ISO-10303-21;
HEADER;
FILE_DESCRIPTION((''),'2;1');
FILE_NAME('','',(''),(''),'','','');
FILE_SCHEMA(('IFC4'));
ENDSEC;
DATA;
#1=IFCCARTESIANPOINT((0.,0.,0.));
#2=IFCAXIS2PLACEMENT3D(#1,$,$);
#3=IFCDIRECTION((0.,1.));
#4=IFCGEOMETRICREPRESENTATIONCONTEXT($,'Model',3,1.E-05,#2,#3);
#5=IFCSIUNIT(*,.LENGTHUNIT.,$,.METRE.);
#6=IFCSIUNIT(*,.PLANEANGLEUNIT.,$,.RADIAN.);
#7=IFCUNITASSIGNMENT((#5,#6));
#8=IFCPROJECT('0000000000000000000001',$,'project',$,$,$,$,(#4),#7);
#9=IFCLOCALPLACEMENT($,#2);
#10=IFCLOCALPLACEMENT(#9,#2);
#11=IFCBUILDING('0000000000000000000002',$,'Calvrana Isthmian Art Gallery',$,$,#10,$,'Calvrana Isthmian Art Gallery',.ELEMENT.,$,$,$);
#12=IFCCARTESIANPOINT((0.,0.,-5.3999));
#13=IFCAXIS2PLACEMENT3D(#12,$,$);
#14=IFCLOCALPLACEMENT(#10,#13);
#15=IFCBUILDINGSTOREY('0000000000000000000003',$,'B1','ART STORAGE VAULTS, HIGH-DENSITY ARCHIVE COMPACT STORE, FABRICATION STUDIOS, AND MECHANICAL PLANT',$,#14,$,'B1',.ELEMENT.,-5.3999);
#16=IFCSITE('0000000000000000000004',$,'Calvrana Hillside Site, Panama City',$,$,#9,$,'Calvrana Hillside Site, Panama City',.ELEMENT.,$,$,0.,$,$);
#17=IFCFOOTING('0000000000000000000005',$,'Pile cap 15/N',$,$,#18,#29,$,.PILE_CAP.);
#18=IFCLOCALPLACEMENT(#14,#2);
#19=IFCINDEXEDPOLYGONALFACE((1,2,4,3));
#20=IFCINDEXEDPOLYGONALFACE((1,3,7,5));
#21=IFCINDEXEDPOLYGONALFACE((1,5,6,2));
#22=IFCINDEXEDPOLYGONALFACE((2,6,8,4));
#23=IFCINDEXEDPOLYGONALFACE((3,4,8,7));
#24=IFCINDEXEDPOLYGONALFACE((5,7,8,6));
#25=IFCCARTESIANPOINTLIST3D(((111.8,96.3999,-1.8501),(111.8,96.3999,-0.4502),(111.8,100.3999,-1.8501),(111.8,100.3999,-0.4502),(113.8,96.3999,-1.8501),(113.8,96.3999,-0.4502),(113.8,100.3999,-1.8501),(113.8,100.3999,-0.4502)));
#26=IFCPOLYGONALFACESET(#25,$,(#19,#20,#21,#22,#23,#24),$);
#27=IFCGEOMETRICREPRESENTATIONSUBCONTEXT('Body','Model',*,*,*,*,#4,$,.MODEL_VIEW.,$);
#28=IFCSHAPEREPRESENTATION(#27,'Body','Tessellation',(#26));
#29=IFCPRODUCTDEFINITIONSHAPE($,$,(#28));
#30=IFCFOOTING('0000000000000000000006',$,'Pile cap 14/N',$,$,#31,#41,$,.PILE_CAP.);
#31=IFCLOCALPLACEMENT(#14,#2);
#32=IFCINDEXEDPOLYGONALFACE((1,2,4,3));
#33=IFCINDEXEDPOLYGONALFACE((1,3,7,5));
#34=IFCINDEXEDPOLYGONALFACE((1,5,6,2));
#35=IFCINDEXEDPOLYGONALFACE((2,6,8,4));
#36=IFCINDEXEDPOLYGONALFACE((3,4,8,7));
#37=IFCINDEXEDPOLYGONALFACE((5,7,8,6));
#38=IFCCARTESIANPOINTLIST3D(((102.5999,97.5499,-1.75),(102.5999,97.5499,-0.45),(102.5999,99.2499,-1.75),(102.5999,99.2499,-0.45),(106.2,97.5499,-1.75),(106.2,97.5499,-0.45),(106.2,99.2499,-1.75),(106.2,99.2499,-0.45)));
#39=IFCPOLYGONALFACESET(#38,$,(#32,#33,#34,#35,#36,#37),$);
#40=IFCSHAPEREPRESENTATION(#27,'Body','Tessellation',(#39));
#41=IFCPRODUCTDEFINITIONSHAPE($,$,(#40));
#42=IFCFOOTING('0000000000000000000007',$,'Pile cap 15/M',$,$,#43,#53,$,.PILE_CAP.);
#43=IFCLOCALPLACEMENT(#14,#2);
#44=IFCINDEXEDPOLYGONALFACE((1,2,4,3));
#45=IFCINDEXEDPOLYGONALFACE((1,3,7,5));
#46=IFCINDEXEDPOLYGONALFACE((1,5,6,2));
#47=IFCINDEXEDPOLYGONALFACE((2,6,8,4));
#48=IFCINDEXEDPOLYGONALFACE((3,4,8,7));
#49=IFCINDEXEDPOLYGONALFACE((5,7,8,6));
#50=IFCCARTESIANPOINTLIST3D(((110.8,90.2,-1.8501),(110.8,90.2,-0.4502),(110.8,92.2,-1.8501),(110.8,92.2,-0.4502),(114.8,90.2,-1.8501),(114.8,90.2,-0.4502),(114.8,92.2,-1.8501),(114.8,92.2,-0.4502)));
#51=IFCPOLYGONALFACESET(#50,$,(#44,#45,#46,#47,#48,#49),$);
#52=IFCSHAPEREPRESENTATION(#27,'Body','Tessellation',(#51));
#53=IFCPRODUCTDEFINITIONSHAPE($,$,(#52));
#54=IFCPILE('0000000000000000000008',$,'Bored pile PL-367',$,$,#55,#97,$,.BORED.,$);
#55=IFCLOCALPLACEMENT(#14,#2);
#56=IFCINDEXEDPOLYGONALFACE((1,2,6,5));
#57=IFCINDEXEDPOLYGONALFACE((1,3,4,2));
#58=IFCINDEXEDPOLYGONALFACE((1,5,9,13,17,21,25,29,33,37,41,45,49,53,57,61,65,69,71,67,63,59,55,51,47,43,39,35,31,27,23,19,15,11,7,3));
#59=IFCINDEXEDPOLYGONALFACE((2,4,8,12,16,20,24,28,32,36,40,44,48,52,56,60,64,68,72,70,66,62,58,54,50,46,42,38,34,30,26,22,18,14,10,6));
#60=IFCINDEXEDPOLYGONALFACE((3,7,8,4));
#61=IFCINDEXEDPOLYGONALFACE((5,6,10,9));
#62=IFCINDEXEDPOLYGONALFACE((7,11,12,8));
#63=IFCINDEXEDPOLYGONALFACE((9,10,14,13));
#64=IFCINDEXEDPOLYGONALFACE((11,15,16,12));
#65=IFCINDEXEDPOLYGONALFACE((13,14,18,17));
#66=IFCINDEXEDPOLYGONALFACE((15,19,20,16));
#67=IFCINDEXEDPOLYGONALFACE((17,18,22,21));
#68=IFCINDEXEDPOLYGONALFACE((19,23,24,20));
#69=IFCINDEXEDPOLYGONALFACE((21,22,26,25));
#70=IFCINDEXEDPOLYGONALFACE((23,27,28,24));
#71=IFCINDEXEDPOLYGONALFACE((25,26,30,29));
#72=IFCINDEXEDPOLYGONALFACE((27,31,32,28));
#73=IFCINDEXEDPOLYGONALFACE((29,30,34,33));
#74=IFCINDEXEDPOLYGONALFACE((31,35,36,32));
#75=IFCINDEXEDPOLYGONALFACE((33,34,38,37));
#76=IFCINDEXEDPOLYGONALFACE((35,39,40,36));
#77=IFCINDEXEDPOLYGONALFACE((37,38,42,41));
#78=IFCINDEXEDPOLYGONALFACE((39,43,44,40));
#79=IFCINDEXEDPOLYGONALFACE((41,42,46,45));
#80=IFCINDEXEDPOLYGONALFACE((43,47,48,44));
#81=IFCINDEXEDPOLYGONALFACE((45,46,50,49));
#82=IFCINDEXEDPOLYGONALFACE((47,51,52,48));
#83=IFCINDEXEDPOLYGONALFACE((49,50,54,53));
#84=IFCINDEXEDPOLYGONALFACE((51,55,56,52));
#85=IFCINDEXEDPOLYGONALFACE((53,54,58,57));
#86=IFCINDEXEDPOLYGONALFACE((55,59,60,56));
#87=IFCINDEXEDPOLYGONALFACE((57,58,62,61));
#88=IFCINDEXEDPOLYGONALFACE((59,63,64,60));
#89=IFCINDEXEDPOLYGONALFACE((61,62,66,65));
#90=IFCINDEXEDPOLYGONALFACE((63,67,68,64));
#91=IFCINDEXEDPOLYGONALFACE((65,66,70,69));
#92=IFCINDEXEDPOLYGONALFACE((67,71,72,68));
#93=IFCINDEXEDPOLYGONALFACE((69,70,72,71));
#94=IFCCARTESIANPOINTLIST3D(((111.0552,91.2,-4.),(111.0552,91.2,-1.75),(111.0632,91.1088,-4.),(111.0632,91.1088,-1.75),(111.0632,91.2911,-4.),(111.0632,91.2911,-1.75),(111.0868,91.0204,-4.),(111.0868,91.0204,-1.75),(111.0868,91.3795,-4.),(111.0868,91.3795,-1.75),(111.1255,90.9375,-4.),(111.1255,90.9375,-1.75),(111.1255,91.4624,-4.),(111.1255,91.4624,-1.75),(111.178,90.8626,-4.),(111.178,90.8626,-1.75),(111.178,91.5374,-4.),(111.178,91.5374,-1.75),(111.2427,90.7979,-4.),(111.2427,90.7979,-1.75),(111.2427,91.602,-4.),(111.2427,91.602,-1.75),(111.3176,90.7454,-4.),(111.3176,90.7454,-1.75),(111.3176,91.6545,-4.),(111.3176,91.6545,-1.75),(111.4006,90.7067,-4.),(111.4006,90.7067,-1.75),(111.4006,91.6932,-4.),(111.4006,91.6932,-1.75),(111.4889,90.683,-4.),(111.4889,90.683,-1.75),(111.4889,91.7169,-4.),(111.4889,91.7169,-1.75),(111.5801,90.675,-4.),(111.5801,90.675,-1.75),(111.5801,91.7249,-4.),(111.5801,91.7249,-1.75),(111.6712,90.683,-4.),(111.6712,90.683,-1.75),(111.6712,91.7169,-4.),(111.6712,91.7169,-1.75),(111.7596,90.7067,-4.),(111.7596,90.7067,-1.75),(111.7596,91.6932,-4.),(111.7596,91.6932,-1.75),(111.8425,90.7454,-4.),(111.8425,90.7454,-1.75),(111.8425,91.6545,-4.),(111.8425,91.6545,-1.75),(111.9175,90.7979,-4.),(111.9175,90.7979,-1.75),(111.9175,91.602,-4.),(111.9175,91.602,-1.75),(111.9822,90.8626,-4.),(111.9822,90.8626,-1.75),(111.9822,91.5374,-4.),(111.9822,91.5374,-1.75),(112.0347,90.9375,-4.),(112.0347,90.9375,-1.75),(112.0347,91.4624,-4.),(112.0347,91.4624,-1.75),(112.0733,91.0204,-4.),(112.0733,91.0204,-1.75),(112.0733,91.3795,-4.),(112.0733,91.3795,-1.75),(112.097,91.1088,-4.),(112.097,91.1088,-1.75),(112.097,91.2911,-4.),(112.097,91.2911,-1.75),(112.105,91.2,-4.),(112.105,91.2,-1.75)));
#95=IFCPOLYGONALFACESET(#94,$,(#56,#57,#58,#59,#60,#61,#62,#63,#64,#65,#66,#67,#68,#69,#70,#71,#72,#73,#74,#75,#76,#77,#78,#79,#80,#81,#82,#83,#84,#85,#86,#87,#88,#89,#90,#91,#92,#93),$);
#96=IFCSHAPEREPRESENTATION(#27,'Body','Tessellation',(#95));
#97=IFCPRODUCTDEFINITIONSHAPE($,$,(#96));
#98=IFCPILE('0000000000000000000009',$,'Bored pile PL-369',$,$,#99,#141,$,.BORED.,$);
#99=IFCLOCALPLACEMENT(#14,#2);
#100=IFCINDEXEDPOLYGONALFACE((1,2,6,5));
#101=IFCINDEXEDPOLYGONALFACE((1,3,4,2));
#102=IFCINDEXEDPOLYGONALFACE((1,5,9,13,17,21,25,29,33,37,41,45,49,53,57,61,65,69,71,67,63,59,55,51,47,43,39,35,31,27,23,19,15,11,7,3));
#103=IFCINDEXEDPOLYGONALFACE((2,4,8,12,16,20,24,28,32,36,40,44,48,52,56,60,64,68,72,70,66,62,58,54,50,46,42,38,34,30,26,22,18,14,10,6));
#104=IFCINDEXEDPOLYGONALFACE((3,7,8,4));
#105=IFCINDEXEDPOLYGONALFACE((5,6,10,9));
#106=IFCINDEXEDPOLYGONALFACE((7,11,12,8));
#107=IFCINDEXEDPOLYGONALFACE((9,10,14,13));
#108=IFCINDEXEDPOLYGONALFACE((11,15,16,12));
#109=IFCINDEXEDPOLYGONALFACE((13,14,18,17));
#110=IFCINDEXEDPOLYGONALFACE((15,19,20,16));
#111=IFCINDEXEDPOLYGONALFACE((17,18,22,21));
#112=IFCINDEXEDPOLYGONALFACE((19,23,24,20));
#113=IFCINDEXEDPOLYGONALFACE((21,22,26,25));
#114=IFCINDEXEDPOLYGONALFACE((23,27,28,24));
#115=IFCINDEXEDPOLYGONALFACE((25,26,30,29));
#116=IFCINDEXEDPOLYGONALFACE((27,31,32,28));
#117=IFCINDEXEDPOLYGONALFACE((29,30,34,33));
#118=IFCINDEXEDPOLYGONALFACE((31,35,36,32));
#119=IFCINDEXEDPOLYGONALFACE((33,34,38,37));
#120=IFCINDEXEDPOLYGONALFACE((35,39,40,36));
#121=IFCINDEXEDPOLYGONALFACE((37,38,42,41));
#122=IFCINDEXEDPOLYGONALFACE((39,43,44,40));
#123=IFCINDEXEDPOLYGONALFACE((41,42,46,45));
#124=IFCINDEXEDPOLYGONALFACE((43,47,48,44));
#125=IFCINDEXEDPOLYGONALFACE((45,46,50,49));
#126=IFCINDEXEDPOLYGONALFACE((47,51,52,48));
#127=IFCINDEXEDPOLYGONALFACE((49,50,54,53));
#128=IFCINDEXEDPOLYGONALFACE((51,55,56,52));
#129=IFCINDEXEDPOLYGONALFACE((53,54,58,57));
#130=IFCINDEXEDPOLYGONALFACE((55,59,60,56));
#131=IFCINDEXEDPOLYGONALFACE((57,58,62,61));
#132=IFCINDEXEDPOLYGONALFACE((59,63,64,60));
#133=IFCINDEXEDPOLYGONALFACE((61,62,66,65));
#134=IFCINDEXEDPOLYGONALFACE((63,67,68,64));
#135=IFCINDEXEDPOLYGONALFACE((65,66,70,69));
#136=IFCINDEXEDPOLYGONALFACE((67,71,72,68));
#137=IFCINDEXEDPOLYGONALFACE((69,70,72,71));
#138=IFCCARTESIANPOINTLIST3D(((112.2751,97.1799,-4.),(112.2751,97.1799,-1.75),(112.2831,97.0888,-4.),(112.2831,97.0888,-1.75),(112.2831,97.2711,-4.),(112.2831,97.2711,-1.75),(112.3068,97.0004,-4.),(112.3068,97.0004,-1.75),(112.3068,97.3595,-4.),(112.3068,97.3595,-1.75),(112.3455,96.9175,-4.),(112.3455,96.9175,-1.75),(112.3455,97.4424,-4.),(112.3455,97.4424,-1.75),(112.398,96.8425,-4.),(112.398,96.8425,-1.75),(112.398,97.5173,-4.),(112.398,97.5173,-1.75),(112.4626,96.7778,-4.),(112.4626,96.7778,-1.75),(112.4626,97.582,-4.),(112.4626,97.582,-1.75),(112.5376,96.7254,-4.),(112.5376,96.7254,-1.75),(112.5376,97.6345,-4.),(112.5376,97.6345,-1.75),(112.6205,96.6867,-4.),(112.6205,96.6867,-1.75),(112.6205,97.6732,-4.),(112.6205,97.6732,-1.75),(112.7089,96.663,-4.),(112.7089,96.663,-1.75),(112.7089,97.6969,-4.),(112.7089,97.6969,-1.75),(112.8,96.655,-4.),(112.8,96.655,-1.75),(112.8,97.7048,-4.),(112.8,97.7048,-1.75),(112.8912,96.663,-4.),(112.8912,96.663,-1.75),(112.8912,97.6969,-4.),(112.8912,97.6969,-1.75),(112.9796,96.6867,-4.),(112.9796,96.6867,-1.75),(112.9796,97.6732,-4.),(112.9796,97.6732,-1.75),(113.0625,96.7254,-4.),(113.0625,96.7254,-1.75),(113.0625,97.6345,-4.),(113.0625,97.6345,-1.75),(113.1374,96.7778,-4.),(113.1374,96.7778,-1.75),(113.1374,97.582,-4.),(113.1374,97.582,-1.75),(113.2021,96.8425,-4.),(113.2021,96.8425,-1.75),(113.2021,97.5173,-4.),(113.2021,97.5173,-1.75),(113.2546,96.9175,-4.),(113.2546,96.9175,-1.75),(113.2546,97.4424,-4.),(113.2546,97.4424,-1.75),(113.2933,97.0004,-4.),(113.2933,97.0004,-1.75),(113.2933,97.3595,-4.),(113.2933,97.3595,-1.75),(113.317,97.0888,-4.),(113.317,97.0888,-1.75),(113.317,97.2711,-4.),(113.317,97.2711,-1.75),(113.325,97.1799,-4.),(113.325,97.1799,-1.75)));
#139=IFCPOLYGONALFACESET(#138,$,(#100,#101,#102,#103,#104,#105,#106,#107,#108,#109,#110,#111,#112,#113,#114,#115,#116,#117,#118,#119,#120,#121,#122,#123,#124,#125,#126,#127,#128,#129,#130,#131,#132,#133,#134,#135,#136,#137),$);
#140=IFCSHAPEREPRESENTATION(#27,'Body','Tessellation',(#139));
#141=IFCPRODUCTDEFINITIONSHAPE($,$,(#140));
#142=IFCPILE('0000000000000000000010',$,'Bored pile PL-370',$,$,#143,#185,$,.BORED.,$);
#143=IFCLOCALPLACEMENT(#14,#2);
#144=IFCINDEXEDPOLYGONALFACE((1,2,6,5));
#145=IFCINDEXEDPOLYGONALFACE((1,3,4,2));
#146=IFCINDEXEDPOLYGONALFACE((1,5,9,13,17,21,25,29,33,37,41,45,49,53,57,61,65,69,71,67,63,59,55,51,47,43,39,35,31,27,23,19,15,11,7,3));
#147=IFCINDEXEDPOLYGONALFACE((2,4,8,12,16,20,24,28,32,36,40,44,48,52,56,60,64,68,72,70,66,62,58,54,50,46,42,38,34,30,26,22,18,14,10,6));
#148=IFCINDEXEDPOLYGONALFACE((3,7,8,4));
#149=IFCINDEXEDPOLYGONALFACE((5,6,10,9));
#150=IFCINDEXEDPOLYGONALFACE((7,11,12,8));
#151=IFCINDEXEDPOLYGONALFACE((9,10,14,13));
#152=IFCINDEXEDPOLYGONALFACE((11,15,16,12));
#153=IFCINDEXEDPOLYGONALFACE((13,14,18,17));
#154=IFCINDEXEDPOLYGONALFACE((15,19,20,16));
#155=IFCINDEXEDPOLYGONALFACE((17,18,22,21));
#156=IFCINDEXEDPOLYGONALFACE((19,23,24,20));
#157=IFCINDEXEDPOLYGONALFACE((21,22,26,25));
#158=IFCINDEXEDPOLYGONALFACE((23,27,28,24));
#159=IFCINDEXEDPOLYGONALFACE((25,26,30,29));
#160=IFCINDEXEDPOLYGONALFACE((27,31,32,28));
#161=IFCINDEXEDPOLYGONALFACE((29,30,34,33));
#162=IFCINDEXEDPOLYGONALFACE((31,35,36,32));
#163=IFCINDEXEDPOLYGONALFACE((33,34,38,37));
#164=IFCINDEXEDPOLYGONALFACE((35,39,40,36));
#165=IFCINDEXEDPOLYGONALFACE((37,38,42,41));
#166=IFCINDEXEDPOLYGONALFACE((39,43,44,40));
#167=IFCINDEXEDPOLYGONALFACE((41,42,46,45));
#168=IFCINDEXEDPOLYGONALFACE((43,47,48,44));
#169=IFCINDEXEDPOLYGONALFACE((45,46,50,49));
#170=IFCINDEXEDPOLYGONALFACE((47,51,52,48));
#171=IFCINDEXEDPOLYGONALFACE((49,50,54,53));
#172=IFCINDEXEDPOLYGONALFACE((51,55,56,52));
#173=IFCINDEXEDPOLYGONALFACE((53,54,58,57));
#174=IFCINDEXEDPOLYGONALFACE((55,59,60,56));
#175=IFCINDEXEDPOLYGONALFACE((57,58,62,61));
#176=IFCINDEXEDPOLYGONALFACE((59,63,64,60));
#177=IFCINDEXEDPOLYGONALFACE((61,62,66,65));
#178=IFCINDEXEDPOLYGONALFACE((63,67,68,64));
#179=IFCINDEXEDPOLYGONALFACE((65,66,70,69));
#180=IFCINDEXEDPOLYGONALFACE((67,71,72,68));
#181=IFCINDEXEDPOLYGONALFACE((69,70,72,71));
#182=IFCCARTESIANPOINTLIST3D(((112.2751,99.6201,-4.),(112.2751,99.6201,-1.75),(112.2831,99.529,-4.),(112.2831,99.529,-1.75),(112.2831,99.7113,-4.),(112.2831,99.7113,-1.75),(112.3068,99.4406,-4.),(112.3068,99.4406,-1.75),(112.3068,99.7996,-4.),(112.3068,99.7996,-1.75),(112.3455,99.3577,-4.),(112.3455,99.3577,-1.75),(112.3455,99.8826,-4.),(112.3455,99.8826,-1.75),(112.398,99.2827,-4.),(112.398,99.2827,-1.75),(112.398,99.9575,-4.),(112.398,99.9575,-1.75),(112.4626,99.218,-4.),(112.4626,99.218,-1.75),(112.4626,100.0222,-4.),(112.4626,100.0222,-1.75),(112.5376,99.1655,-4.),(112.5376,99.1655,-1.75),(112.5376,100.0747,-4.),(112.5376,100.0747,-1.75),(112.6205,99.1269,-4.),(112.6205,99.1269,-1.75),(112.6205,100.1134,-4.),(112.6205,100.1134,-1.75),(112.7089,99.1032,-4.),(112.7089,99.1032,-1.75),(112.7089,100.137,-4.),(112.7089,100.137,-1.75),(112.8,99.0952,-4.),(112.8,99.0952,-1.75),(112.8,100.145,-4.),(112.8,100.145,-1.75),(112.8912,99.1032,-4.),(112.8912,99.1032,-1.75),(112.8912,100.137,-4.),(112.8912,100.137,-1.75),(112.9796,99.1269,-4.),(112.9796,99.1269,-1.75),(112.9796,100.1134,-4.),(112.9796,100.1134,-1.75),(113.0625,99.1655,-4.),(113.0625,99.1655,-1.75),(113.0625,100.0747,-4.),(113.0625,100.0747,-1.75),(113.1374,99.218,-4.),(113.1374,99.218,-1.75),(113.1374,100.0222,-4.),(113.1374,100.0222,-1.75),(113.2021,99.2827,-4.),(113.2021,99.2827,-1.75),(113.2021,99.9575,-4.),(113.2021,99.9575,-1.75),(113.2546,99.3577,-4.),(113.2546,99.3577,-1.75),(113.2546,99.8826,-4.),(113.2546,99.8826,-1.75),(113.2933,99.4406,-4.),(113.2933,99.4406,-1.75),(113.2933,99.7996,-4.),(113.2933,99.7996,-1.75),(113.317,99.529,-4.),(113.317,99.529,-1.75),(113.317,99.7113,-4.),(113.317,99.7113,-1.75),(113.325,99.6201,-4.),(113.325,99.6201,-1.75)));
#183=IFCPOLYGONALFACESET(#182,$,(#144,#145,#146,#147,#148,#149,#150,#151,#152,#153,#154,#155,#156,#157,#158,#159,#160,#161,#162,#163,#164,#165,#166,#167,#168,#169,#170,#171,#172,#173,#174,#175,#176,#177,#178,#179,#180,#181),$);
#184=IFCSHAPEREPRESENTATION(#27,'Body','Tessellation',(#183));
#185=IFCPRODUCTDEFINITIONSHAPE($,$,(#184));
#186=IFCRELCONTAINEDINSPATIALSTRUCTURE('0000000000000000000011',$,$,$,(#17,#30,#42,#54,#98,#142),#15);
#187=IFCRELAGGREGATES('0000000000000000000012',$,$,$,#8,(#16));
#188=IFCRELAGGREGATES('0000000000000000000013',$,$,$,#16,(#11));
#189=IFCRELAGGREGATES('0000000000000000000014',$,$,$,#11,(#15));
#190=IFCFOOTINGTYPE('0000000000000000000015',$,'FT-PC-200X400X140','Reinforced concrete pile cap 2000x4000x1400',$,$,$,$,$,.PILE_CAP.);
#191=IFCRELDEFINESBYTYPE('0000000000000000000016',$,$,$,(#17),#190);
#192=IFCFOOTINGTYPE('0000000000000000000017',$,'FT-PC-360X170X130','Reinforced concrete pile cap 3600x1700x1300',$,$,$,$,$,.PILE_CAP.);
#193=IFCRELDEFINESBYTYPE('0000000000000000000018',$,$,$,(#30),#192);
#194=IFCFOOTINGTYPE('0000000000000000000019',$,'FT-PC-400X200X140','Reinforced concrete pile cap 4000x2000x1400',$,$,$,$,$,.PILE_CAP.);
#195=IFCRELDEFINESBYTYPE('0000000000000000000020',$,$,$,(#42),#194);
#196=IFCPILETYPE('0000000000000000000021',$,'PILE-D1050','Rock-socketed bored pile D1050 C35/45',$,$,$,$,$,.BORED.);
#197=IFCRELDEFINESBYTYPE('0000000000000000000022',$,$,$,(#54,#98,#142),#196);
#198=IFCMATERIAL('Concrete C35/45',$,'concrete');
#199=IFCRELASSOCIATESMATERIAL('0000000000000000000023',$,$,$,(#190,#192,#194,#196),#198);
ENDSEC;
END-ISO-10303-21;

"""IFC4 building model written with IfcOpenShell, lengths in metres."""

from ifc_helpers import new_model, si_unit, direction, frame, origin, origin_2d, place, context, subcontext, project, spatial, rectangle, circle, extrude, material, material_profile, profile_set, type_object, element, save


model = new_model("IFC4")

# Units and contexts
model_context = context("Model", 3, precision=1e-05, world=origin(), true_north=direction((0.0, 1.0)))
body_context = subcontext(model_context, "Body", "Model", "MODEL_VIEW")
ifc_project = project(units=[si_unit("LENGTHUNIT", "METRE"), si_unit("PLANEANGLEUNIT", "RADIAN")], contexts=[model_context])

# Site, building, storey
site_placement = place(None, origin())
site = spatial("IfcSite", under=ifc_project, at=site_placement, Name="Calvrana Hillside Site, Panama City", LongName="Calvrana Hillside Site, Panama City", CompositionType="ELEMENT", RefElevation=0.0)
building_placement = place(site_placement, origin())
building = spatial("IfcBuilding", under=site, at=building_placement, Name="Calvrana Isthmian Art Gallery", LongName="Calvrana Isthmian Art Gallery", CompositionType="ELEMENT")
storey_placement = place(building_placement, frame((0.0, 0.0, -5.3999)))
storey = spatial("IfcBuildingStorey", under=building, at=storey_placement, Name="B1", Description="ART STORAGE VAULTS, HIGH-DENSITY ARCHIVE COMPACT STORE, FABRICATION STUDIOS, AND MECHANICAL PLANT", LongName="B1", CompositionType="ELEMENT", Elevation=-5.3999)

# Footings
ifc_material_1 = material(Name="Concrete C35/45", Category="concrete")
footing_type_1 = type_object("IfcFootingType", Name="FT-PC-200X400X140", Description="Reinforced concrete pile cap 2000x4000x1400", PredefinedType="PILE_CAP", material=ifc_material_1)
footing_1_placement = place(storey_placement, frame((112.8, 98.3999, -1.8501), z_axis=(0.0, 0.0, 1.0), x_axis=(1.0, 0.0, 0.0)))
element("IfcFooting", 1, at=footing_1_placement, inside=storey, type_object=footing_type_1, Name="Pile cap 15/N", PredefinedType="PILE_CAP", context=body_context, shape_type="SweptSolid", body=[
    extrude(rectangle(XDim=2.0, YDim=4.0, at=origin_2d()), origin(), (0.0, 0.0, 1.0), 1.3999),
])
footing_type_2 = type_object("IfcFootingType", Name="FT-PC-360X170X130", Description="Reinforced concrete pile cap 3600x1700x1300", PredefinedType="PILE_CAP", material=ifc_material_1)
footing_2_placement = place(storey_placement, frame((104.3999, 98.3999, -1.75), z_axis=(0.0, 0.0, 1.0), x_axis=(1.0, 0.0, 0.0)))
element("IfcFooting", 2, at=footing_2_placement, inside=storey, type_object=footing_type_2, Name="Pile cap 14/N", PredefinedType="PILE_CAP", context=body_context, shape_type="SweptSolid", body=[
    extrude(rectangle(XDim=3.6001, YDim=1.7, at=origin_2d()), origin(), (0.0, 0.0, 1.0), 1.3),
])
footing_type_3 = type_object("IfcFootingType", Name="FT-PC-400X200X140", Description="Reinforced concrete pile cap 4000x2000x1400", PredefinedType="PILE_CAP", material=ifc_material_1)
footing_3_placement = place(storey_placement, frame((112.8, 91.2, -1.8501), z_axis=(0.0, 0.0, 1.0), x_axis=(1.0, 0.0, 0.0)))
element("IfcFooting", 3, at=footing_3_placement, inside=storey, type_object=footing_type_3, Name="Pile cap 15/M", PredefinedType="PILE_CAP", context=body_context, shape_type="SweptSolid", body=[
    extrude(rectangle(XDim=4.0, YDim=2.0, at=origin_2d()), origin(), (0.0, 0.0, 1.0), 1.3999),
])

# Piles
ifc_material_profile_1 = material_profile(ifc_material_1, circle(Radius=0.5249, at=origin_2d()), Name="PILE1050D")
ifc_profile_set_1 = profile_set([ifc_material_profile_1], Name="Concrete C35/45")
pile_type_1 = type_object("IfcPileType", Name="PILE-D1050", Description="Rock-socketed bored pile D1050 C35/45", PredefinedType="BORED", material=ifc_profile_set_1)
for number, where, z_axis, x_axis, name in (
    (4, (111.5801, 91.2, -1.75), (0.0, 0.0, -1.0), (1.0, 0.0, 0.0), "Bored pile PL-367"),
    (5, (112.8, 97.1799, -1.75), (0.0, 0.0, -1.0), (1.0, 0.0, 0.0), "Bored pile PL-369"),
    (6, (112.8, 99.6201, -1.75), (0.0, 0.0, -1.0), (1.0, 0.0, 0.0), "Bored pile PL-370"),
):
    element("IfcPile", number, at=place(storey_placement, frame(where, z_axis=z_axis, x_axis=x_axis)), inside=storey, type_object=pile_type_1, Name=name, PredefinedType="BORED", context=body_context, shape_type="SweptSolid", body=[
        extrude(circle(Radius=0.5249, at=origin_2d()), origin(), (0.0, 0.0, 1.0), 2.25),
    ])

save(model, "model.ifc")
